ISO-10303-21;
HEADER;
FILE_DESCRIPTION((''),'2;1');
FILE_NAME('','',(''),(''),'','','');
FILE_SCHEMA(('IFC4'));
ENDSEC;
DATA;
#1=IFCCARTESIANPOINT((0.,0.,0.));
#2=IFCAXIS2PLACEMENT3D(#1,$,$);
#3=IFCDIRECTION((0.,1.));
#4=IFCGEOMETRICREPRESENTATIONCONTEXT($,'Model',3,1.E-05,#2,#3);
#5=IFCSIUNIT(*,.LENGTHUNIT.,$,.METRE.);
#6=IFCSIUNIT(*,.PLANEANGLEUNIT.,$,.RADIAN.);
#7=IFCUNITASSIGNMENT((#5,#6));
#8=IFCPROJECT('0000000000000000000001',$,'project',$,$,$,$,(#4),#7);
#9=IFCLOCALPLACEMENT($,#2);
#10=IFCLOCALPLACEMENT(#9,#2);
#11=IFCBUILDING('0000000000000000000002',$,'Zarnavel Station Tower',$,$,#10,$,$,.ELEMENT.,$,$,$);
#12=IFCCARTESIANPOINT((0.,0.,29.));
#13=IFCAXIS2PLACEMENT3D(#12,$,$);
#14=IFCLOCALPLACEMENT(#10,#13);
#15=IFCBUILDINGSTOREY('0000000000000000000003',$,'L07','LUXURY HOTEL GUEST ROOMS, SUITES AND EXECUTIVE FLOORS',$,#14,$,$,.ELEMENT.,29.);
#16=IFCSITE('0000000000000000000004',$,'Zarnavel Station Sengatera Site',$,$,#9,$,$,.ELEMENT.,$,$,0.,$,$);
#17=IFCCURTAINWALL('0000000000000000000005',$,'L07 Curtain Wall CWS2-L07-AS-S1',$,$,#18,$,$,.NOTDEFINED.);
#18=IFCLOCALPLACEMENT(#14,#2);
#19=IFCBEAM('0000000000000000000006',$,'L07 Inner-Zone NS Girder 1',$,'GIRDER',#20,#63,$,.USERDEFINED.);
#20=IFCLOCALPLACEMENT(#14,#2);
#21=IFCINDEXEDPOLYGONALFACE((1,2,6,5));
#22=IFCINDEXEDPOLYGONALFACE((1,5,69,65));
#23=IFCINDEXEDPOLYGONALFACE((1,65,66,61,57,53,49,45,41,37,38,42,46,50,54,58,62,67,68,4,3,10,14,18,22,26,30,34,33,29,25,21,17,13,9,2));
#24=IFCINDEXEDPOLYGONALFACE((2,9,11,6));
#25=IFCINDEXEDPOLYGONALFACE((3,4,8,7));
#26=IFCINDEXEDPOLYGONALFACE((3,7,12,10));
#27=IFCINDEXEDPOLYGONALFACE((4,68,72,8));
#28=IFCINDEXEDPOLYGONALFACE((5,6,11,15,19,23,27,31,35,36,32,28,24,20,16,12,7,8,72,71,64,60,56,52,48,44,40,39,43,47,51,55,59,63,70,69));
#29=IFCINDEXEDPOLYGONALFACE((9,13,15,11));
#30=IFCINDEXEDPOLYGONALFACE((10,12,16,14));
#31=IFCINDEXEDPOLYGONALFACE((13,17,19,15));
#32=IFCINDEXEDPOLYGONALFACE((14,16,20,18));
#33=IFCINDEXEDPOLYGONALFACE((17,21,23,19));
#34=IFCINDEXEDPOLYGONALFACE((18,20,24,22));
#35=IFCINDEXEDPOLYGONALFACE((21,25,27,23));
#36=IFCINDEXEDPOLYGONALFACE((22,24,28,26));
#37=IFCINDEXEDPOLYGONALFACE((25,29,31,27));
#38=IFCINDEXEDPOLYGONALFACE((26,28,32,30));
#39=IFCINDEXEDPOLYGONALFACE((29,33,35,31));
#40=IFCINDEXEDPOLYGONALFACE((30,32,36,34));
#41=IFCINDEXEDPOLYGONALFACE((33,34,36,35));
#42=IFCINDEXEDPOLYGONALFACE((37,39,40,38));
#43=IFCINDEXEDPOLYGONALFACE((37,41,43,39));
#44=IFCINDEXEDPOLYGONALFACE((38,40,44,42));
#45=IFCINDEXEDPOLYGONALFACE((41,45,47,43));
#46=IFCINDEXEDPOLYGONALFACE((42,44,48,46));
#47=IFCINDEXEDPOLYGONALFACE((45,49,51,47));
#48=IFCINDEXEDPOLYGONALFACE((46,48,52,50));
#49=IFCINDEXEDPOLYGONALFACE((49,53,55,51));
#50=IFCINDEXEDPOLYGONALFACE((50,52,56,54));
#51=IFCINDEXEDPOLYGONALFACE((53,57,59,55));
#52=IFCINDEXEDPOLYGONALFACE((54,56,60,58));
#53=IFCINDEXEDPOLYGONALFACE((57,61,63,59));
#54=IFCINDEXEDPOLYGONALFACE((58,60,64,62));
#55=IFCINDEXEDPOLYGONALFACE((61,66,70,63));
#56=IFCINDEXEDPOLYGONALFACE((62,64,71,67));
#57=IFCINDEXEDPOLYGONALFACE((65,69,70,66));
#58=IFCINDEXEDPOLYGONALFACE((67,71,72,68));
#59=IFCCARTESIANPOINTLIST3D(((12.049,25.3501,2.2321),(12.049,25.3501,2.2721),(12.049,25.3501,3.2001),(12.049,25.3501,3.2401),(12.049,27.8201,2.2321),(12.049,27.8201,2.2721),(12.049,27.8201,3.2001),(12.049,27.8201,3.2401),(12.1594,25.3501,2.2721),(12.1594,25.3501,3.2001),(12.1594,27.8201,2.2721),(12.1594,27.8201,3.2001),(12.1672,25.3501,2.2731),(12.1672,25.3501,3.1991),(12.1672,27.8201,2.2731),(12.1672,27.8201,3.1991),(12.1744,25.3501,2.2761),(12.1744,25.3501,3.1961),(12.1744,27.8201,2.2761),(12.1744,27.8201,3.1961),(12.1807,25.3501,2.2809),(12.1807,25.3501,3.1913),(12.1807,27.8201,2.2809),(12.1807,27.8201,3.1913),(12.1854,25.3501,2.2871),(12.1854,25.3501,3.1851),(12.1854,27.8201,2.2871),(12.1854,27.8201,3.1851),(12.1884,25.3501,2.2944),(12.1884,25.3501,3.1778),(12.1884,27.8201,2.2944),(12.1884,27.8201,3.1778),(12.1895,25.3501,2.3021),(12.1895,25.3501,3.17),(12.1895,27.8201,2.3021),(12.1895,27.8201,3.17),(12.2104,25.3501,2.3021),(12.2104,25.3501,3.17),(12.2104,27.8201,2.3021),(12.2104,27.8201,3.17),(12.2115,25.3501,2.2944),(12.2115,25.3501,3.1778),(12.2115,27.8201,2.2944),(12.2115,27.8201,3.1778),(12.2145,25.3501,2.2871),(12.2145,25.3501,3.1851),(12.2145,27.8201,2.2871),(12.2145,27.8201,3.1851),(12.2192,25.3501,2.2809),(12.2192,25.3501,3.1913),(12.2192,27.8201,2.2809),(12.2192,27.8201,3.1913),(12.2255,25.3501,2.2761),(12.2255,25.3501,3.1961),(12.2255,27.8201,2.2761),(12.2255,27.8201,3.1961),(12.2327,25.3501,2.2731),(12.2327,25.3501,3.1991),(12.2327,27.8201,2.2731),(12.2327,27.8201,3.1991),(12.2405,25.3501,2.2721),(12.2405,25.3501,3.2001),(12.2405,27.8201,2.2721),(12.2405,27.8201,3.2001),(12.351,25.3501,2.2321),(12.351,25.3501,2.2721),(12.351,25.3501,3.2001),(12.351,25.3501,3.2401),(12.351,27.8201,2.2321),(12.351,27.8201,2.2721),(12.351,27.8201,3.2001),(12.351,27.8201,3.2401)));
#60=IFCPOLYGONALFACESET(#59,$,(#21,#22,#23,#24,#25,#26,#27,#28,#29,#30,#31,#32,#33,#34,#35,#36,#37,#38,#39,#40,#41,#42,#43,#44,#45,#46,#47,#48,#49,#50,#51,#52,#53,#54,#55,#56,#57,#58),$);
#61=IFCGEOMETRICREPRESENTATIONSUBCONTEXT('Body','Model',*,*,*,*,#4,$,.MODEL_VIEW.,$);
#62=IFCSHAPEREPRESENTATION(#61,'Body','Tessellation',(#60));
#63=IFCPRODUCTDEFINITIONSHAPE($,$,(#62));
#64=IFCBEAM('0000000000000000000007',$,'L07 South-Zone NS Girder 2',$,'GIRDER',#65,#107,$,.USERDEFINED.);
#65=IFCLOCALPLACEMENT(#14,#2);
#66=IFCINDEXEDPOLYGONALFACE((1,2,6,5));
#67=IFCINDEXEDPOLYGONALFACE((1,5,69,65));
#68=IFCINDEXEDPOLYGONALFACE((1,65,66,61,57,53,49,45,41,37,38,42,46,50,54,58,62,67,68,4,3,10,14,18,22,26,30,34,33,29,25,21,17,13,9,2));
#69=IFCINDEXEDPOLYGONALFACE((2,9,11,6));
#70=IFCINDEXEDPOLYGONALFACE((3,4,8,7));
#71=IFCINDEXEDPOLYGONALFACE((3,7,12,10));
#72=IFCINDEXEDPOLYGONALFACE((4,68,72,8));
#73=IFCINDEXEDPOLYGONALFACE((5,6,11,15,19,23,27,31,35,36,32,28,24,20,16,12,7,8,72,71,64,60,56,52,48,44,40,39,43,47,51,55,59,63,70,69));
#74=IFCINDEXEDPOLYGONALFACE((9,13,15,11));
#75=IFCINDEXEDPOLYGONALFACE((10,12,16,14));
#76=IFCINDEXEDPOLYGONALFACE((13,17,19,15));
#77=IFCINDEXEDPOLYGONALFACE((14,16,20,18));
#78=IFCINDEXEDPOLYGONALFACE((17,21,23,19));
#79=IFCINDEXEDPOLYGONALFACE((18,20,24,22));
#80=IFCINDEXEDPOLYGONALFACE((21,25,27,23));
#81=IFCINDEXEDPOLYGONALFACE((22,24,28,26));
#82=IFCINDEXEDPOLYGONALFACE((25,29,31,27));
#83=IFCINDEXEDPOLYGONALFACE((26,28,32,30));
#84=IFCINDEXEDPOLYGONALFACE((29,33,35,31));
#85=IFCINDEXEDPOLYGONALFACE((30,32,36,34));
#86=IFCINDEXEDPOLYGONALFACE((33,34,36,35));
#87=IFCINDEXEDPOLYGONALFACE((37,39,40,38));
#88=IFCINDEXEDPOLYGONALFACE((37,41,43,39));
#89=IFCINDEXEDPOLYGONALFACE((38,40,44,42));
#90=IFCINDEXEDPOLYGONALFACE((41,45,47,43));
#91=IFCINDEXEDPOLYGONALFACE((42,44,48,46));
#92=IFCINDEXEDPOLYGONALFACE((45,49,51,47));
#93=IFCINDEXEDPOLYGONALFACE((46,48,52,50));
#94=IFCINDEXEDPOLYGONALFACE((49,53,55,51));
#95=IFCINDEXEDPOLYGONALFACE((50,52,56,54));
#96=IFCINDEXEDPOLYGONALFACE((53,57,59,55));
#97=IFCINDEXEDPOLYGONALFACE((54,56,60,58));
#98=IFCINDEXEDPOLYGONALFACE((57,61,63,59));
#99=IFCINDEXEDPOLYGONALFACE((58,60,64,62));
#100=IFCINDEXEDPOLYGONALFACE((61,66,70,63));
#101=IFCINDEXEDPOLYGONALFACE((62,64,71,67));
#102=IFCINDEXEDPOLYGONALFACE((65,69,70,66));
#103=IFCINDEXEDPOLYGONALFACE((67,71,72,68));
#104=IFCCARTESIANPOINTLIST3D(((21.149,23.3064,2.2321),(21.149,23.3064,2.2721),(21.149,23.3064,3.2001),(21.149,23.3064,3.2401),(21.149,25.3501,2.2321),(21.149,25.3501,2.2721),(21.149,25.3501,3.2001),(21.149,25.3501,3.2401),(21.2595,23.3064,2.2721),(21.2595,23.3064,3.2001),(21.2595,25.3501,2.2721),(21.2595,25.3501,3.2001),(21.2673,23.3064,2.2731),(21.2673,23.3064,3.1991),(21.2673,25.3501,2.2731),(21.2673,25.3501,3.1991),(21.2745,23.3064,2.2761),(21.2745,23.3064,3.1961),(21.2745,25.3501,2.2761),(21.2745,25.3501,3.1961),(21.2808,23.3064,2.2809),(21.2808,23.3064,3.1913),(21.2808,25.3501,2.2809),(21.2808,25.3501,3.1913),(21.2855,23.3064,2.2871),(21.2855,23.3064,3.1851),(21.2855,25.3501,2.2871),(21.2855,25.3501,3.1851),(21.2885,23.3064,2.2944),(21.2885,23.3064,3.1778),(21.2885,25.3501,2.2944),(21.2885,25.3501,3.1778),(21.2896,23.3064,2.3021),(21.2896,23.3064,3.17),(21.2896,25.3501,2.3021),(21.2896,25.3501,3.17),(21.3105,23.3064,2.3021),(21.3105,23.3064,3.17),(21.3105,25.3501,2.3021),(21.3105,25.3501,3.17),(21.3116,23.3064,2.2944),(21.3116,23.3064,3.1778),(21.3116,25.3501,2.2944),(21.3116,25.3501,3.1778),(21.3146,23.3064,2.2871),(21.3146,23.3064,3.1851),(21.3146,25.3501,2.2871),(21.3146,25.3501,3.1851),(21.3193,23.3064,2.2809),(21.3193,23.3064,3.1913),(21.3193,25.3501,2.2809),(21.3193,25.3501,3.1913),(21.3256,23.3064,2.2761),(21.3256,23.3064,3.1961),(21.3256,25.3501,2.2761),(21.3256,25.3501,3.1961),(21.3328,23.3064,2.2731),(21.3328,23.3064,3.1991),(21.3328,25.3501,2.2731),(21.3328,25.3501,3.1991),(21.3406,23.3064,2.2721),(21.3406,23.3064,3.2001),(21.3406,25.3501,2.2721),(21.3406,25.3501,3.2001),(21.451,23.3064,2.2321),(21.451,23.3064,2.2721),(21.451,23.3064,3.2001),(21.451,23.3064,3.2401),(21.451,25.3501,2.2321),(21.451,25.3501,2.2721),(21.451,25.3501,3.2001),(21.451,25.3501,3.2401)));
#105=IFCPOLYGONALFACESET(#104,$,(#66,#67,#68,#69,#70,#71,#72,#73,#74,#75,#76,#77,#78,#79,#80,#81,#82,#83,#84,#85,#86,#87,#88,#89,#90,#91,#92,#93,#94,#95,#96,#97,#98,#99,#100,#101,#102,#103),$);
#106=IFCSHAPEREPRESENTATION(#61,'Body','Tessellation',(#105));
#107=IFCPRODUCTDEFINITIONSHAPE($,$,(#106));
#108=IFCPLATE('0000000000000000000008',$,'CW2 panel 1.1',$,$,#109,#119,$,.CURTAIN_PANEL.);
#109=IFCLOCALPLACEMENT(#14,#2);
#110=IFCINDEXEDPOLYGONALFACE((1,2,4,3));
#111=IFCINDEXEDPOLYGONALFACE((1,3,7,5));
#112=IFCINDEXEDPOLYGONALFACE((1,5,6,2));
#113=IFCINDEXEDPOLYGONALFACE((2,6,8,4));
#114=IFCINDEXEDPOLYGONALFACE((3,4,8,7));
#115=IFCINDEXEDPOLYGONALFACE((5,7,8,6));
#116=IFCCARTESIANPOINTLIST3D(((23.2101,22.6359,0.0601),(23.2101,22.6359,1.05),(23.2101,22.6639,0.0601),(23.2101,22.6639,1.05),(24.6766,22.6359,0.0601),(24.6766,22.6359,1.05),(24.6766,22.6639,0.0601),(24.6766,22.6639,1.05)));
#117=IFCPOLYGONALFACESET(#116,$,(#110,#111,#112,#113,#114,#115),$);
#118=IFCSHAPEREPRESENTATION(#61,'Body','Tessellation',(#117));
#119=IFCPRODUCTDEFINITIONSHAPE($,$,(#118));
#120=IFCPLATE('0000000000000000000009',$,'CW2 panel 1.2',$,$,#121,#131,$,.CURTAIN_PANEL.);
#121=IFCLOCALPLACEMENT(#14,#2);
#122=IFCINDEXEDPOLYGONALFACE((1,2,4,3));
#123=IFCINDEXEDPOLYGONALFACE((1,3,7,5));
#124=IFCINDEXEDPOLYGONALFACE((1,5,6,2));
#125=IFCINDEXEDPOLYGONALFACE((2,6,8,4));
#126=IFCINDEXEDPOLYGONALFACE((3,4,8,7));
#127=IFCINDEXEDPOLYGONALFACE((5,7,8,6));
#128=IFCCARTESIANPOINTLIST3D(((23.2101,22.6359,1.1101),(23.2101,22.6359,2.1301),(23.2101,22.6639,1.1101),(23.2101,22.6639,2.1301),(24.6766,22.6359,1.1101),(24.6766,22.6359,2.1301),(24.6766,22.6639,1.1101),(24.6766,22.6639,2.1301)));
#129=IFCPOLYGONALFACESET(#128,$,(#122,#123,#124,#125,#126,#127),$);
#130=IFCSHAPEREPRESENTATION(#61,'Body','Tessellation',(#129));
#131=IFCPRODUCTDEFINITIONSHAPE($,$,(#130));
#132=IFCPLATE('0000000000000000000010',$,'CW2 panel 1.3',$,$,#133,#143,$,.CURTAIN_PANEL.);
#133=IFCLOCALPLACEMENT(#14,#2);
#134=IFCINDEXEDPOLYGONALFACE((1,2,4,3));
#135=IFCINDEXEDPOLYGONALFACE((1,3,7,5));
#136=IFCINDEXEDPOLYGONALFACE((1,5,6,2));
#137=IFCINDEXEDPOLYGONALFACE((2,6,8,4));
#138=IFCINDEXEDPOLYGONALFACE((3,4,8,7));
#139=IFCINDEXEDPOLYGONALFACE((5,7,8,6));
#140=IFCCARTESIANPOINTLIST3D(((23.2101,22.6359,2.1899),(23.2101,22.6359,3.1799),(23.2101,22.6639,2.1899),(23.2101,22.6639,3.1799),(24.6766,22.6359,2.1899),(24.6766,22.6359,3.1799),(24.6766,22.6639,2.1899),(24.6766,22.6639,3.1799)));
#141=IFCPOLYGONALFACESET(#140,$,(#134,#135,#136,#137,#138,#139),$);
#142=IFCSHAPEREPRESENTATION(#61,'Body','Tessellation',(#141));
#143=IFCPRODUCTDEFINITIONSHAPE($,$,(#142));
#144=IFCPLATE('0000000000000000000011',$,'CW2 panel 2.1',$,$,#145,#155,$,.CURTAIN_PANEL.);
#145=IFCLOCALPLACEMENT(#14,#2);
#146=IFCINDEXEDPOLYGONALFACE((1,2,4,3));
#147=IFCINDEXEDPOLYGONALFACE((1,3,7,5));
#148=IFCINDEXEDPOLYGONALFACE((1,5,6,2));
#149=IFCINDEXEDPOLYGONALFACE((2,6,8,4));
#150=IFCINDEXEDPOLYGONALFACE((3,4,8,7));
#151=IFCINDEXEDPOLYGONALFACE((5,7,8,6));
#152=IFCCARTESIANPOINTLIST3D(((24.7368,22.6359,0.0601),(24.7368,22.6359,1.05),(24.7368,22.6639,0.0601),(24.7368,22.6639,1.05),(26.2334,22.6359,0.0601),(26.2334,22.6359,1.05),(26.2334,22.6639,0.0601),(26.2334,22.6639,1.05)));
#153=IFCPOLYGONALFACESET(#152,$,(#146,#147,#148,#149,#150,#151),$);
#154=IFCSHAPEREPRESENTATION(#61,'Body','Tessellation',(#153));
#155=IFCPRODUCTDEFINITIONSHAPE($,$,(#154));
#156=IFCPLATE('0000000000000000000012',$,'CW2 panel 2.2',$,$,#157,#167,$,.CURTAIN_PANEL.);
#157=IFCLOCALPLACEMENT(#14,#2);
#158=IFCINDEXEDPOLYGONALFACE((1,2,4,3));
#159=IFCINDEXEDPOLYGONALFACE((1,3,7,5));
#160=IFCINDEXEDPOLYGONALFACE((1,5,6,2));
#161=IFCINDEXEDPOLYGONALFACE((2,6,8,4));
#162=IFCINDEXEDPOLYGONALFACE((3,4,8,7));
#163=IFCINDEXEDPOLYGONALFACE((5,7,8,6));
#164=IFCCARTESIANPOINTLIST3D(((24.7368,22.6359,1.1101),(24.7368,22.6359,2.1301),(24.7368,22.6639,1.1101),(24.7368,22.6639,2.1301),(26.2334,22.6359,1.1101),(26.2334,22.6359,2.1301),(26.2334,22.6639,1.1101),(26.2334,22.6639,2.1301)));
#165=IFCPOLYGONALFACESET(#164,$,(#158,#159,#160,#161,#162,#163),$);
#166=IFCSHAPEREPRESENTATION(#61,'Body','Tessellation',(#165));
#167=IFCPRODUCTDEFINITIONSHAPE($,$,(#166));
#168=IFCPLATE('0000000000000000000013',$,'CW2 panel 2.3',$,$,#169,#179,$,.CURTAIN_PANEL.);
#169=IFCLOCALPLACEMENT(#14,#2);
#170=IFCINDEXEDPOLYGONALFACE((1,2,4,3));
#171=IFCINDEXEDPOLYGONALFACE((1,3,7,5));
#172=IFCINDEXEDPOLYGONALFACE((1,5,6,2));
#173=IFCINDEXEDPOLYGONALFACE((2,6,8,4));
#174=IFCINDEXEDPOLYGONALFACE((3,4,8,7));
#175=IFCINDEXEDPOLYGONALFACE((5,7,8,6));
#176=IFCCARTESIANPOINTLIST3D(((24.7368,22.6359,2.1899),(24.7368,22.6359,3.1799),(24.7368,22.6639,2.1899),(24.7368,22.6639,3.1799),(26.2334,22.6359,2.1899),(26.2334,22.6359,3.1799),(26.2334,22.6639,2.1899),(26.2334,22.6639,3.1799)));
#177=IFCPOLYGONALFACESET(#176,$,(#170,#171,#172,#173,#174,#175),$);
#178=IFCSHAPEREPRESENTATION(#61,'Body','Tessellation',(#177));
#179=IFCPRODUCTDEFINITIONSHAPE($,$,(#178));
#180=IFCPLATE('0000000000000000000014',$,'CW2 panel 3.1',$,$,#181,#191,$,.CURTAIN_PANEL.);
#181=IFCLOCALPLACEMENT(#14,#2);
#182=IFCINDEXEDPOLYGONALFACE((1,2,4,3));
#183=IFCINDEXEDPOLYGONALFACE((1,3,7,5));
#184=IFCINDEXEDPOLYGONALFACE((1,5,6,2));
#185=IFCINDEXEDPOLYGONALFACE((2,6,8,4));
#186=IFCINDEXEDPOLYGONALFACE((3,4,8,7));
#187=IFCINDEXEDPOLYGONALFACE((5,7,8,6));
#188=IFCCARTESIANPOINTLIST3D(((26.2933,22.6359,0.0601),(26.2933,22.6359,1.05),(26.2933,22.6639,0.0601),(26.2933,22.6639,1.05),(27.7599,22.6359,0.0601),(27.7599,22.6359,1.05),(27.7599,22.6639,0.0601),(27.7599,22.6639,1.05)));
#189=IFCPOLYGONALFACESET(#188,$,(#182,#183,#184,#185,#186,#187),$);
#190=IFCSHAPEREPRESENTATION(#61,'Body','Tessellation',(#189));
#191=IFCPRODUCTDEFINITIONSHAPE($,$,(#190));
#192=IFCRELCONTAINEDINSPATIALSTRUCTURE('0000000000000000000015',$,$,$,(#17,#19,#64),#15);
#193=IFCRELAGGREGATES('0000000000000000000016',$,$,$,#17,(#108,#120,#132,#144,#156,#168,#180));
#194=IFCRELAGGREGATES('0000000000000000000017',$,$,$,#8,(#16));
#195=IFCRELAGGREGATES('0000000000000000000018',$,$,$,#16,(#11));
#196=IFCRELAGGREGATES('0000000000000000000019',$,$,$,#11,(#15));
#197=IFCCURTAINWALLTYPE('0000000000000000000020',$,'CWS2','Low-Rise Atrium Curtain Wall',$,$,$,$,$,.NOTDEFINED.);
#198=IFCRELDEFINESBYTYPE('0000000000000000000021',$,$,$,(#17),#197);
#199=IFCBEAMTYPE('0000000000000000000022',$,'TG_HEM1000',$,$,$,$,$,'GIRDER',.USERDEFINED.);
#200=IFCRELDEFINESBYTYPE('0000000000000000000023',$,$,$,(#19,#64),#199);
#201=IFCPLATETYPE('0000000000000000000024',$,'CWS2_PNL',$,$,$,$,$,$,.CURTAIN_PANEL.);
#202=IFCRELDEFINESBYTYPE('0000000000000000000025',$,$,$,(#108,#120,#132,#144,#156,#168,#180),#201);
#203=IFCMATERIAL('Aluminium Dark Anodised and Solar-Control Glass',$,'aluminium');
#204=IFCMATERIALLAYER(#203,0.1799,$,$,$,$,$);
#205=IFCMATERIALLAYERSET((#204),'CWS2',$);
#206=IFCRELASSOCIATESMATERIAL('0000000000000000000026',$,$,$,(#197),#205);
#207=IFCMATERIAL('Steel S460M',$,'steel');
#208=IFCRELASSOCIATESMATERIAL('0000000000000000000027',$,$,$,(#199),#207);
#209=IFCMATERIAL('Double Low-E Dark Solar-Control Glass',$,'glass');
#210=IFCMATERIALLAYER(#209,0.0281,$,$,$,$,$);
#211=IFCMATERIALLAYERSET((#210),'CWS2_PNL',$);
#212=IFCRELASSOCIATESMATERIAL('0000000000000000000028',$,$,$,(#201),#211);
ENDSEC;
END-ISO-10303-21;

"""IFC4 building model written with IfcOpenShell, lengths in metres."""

from ifc_helpers import new_model, si_unit, direction, frame, origin, origin_2d, place, context, subcontext, project, spatial, rectangle, i_section, extrude, material, layer, layer_set, material_profile, profile_set, type_object, element, aggregate, save


model = new_model("IFC4")

# Units and contexts
model_context = context("Model", 3, precision=1e-05, world=origin(), true_north=direction((0.0, 1.0)))
body_context = subcontext(model_context, "Body", "Model", "MODEL_VIEW")
ifc_project = project(units=[si_unit("LENGTHUNIT", "METRE"), si_unit("PLANEANGLEUNIT", "RADIAN")], contexts=[model_context])

# Site, building, storey
site_placement = place(None, origin())
site = spatial("IfcSite", under=ifc_project, at=site_placement, Name="Zarnavel Station Sengatera Site", CompositionType="ELEMENT", RefElevation=0.0)
building_placement = place(site_placement, origin())
building = spatial("IfcBuilding", under=site, at=building_placement, Name="Zarnavel Station Tower", CompositionType="ELEMENT")
storey_placement = place(building_placement, frame((0.0, 0.0, 29.0)))
storey = spatial("IfcBuildingStorey", under=building, at=storey_placement, Name="L07", Description="LUXURY HOTEL GUEST ROOMS, SUITES AND EXECUTIVE FLOORS", CompositionType="ELEMENT", Elevation=29.0)

# Curtain wall
ifc_material_1 = material(Name="Aluminium Dark Anodised and Solar-Control Glass", Category="aluminium")
ifc_layer_1 = layer(ifc_material_1, 0.1799)
ifc_layer_set_1 = layer_set([ifc_layer_1], Name="CWS2")
curtain_wall_type = type_object("IfcCurtainWallType", Name="CWS2", Description="Low-Rise Atrium Curtain Wall", PredefinedType="NOTDEFINED", material=ifc_layer_set_1)
curtain_wall_placement = place(storey_placement, origin())
curtain_wall = element("IfcCurtainWall", 1, at=curtain_wall_placement, inside=storey, type_object=curtain_wall_type, Name="L07 Curtain Wall CWS2-L07-AS-S1", PredefinedType="NOTDEFINED")

# Beams
ifc_material_2 = material(Name="Steel S460M", Category="steel")
ifc_material_profile_1 = material_profile(ifc_material_2, i_section(OverallWidth=0.302, OverallDepth=1.0081, WebThickness=0.021, FlangeThickness=0.04, FilletRadius=0.03, at=origin_2d()), Name="HEM1000")
ifc_profile_set_1 = profile_set([ifc_material_profile_1], Name="Steel S460M")
beam_type_1 = type_object("IfcBeamType", Name="TG_HEM1000", ElementType="GIRDER", PredefinedType="USERDEFINED", material=ifc_profile_set_1)
beam_1_placement = place(storey_placement, frame((12.2, 25.3501, 2.7361), z_axis=(0.0, 1.0, 0.0), x_axis=(-1.0, 0.0, 0.0)))
element("IfcBeam", 2, at=beam_1_placement, inside=storey, type_object=beam_type_1, Name="L07 Inner-Zone NS Girder 1", ObjectType="GIRDER", PredefinedType="USERDEFINED", context=body_context, shape_type="SweptSolid", body=[
    extrude(i_section(OverallWidth=0.302, OverallDepth=1.0081, WebThickness=0.021, FlangeThickness=0.04, FilletRadius=0.03, at=origin_2d()), origin(), (0.0, 0.0, 1.0), 2.47),
])
beam_2_placement = place(storey_placement, frame((21.3, 23.3064, 2.7361), z_axis=(0.0, 1.0, 0.0), x_axis=(-1.0, 0.0, 0.0)))
element("IfcBeam", 3, at=beam_2_placement, inside=storey, type_object=beam_type_1, Name="L07 South-Zone NS Girder 2", ObjectType="GIRDER", PredefinedType="USERDEFINED", context=body_context, shape_type="SweptSolid", body=[
    extrude(i_section(OverallWidth=0.302, OverallDepth=1.0081, WebThickness=0.021, FlangeThickness=0.04, FilletRadius=0.03, at=origin_2d()), origin(), (0.0, 0.0, 1.0), 2.0437),
])

# Plates
ifc_material_3 = material(Name="Double Low-E Dark Solar-Control Glass", Category="glass")
ifc_layer_2 = layer(ifc_material_3, 0.0281)
ifc_layer_set_2 = layer_set([ifc_layer_2], Name="CWS2_PNL")
plate_type = type_object("IfcPlateType", Name="CWS2_PNL", PredefinedType="CURTAIN_PANEL", material=ifc_layer_set_2)
plate_1_placement = place(storey_placement, frame((23.9434, 22.6499, 0.0601), z_axis=(0.0, 0.0, 1.0), x_axis=(1.0, 0.0, 0.0)))
plate_1 = element("IfcPlate", 4, at=plate_1_placement, type_object=plate_type, Name="CW2 panel 1.1", PredefinedType="CURTAIN_PANEL", context=body_context, shape_type="SweptSolid", body=[
    extrude(rectangle(XDim=1.4666, YDim=0.0281, at=origin_2d()), origin(), (0.0, 0.0, 1.0), 0.99),
])
plate_2_placement = place(storey_placement, frame((23.9434, 22.6499, 1.1101), z_axis=(0.0, 0.0, 1.0), x_axis=(1.0, 0.0, 0.0)))
plate_2 = element("IfcPlate", 5, at=plate_2_placement, type_object=plate_type, Name="CW2 panel 1.2", PredefinedType="CURTAIN_PANEL", context=body_context, shape_type="SweptSolid", body=[
    extrude(rectangle(XDim=1.4666, YDim=0.0281, at=origin_2d()), origin(), (0.0, 0.0, 1.0), 1.02),
])
plate_3_placement = place(storey_placement, frame((23.9434, 22.6499, 2.1899), z_axis=(0.0, 0.0, 1.0), x_axis=(1.0, 0.0, 0.0)))
plate_3 = element("IfcPlate", 6, at=plate_3_placement, type_object=plate_type, Name="CW2 panel 1.3", PredefinedType="CURTAIN_PANEL", context=body_context, shape_type="SweptSolid", body=[
    extrude(rectangle(XDim=1.4666, YDim=0.0281, at=origin_2d()), origin(), (0.0, 0.0, 1.0), 0.99),
])
plate_4_placement = place(storey_placement, frame((25.4851, 22.6499, 0.0601), z_axis=(0.0, 0.0, 1.0), x_axis=(1.0, 0.0, 0.0)))
plate_4 = element("IfcPlate", 7, at=plate_4_placement, type_object=plate_type, Name="CW2 panel 2.1", PredefinedType="CURTAIN_PANEL", context=body_context, shape_type="SweptSolid", body=[
    extrude(rectangle(XDim=1.4966, YDim=0.0281, at=origin_2d()), origin(), (0.0, 0.0, 1.0), 0.99),
])
plate_5_placement = place(storey_placement, frame((25.4851, 22.6499, 1.1101), z_axis=(0.0, 0.0, 1.0), x_axis=(1.0, 0.0, 0.0)))
plate_5 = element("IfcPlate", 8, at=plate_5_placement, type_object=plate_type, Name="CW2 panel 2.2", PredefinedType="CURTAIN_PANEL", context=body_context, shape_type="SweptSolid", body=[
    extrude(rectangle(XDim=1.4966, YDim=0.0281, at=origin_2d()), origin(), (0.0, 0.0, 1.0), 1.02),
])
plate_6_placement = place(storey_placement, frame((25.4851, 22.6499, 2.1899), z_axis=(0.0, 0.0, 1.0), x_axis=(1.0, 0.0, 0.0)))
plate_6 = element("IfcPlate", 9, at=plate_6_placement, type_object=plate_type, Name="CW2 panel 2.3", PredefinedType="CURTAIN_PANEL", context=body_context, shape_type="SweptSolid", body=[
    extrude(rectangle(XDim=1.4966, YDim=0.0281, at=origin_2d()), origin(), (0.0, 0.0, 1.0), 0.99),
])
plate_7_placement = place(storey_placement, frame((27.0266, 22.6499, 0.0601), z_axis=(0.0, 0.0, 1.0), x_axis=(1.0, 0.0, 0.0)))
plate_7 = element("IfcPlate", 10, at=plate_7_placement, type_object=plate_type, Name="CW2 panel 3.1", PredefinedType="CURTAIN_PANEL", context=body_context, shape_type="SweptSolid", body=[
    extrude(rectangle(XDim=1.4666, YDim=0.0281, at=origin_2d()), origin(), (0.0, 0.0, 1.0), 0.99),
])
aggregate(curtain_wall, [plate_1, plate_2, plate_3, plate_4, plate_5, plate_6, plate_7])

save(model, "model.ifc")
